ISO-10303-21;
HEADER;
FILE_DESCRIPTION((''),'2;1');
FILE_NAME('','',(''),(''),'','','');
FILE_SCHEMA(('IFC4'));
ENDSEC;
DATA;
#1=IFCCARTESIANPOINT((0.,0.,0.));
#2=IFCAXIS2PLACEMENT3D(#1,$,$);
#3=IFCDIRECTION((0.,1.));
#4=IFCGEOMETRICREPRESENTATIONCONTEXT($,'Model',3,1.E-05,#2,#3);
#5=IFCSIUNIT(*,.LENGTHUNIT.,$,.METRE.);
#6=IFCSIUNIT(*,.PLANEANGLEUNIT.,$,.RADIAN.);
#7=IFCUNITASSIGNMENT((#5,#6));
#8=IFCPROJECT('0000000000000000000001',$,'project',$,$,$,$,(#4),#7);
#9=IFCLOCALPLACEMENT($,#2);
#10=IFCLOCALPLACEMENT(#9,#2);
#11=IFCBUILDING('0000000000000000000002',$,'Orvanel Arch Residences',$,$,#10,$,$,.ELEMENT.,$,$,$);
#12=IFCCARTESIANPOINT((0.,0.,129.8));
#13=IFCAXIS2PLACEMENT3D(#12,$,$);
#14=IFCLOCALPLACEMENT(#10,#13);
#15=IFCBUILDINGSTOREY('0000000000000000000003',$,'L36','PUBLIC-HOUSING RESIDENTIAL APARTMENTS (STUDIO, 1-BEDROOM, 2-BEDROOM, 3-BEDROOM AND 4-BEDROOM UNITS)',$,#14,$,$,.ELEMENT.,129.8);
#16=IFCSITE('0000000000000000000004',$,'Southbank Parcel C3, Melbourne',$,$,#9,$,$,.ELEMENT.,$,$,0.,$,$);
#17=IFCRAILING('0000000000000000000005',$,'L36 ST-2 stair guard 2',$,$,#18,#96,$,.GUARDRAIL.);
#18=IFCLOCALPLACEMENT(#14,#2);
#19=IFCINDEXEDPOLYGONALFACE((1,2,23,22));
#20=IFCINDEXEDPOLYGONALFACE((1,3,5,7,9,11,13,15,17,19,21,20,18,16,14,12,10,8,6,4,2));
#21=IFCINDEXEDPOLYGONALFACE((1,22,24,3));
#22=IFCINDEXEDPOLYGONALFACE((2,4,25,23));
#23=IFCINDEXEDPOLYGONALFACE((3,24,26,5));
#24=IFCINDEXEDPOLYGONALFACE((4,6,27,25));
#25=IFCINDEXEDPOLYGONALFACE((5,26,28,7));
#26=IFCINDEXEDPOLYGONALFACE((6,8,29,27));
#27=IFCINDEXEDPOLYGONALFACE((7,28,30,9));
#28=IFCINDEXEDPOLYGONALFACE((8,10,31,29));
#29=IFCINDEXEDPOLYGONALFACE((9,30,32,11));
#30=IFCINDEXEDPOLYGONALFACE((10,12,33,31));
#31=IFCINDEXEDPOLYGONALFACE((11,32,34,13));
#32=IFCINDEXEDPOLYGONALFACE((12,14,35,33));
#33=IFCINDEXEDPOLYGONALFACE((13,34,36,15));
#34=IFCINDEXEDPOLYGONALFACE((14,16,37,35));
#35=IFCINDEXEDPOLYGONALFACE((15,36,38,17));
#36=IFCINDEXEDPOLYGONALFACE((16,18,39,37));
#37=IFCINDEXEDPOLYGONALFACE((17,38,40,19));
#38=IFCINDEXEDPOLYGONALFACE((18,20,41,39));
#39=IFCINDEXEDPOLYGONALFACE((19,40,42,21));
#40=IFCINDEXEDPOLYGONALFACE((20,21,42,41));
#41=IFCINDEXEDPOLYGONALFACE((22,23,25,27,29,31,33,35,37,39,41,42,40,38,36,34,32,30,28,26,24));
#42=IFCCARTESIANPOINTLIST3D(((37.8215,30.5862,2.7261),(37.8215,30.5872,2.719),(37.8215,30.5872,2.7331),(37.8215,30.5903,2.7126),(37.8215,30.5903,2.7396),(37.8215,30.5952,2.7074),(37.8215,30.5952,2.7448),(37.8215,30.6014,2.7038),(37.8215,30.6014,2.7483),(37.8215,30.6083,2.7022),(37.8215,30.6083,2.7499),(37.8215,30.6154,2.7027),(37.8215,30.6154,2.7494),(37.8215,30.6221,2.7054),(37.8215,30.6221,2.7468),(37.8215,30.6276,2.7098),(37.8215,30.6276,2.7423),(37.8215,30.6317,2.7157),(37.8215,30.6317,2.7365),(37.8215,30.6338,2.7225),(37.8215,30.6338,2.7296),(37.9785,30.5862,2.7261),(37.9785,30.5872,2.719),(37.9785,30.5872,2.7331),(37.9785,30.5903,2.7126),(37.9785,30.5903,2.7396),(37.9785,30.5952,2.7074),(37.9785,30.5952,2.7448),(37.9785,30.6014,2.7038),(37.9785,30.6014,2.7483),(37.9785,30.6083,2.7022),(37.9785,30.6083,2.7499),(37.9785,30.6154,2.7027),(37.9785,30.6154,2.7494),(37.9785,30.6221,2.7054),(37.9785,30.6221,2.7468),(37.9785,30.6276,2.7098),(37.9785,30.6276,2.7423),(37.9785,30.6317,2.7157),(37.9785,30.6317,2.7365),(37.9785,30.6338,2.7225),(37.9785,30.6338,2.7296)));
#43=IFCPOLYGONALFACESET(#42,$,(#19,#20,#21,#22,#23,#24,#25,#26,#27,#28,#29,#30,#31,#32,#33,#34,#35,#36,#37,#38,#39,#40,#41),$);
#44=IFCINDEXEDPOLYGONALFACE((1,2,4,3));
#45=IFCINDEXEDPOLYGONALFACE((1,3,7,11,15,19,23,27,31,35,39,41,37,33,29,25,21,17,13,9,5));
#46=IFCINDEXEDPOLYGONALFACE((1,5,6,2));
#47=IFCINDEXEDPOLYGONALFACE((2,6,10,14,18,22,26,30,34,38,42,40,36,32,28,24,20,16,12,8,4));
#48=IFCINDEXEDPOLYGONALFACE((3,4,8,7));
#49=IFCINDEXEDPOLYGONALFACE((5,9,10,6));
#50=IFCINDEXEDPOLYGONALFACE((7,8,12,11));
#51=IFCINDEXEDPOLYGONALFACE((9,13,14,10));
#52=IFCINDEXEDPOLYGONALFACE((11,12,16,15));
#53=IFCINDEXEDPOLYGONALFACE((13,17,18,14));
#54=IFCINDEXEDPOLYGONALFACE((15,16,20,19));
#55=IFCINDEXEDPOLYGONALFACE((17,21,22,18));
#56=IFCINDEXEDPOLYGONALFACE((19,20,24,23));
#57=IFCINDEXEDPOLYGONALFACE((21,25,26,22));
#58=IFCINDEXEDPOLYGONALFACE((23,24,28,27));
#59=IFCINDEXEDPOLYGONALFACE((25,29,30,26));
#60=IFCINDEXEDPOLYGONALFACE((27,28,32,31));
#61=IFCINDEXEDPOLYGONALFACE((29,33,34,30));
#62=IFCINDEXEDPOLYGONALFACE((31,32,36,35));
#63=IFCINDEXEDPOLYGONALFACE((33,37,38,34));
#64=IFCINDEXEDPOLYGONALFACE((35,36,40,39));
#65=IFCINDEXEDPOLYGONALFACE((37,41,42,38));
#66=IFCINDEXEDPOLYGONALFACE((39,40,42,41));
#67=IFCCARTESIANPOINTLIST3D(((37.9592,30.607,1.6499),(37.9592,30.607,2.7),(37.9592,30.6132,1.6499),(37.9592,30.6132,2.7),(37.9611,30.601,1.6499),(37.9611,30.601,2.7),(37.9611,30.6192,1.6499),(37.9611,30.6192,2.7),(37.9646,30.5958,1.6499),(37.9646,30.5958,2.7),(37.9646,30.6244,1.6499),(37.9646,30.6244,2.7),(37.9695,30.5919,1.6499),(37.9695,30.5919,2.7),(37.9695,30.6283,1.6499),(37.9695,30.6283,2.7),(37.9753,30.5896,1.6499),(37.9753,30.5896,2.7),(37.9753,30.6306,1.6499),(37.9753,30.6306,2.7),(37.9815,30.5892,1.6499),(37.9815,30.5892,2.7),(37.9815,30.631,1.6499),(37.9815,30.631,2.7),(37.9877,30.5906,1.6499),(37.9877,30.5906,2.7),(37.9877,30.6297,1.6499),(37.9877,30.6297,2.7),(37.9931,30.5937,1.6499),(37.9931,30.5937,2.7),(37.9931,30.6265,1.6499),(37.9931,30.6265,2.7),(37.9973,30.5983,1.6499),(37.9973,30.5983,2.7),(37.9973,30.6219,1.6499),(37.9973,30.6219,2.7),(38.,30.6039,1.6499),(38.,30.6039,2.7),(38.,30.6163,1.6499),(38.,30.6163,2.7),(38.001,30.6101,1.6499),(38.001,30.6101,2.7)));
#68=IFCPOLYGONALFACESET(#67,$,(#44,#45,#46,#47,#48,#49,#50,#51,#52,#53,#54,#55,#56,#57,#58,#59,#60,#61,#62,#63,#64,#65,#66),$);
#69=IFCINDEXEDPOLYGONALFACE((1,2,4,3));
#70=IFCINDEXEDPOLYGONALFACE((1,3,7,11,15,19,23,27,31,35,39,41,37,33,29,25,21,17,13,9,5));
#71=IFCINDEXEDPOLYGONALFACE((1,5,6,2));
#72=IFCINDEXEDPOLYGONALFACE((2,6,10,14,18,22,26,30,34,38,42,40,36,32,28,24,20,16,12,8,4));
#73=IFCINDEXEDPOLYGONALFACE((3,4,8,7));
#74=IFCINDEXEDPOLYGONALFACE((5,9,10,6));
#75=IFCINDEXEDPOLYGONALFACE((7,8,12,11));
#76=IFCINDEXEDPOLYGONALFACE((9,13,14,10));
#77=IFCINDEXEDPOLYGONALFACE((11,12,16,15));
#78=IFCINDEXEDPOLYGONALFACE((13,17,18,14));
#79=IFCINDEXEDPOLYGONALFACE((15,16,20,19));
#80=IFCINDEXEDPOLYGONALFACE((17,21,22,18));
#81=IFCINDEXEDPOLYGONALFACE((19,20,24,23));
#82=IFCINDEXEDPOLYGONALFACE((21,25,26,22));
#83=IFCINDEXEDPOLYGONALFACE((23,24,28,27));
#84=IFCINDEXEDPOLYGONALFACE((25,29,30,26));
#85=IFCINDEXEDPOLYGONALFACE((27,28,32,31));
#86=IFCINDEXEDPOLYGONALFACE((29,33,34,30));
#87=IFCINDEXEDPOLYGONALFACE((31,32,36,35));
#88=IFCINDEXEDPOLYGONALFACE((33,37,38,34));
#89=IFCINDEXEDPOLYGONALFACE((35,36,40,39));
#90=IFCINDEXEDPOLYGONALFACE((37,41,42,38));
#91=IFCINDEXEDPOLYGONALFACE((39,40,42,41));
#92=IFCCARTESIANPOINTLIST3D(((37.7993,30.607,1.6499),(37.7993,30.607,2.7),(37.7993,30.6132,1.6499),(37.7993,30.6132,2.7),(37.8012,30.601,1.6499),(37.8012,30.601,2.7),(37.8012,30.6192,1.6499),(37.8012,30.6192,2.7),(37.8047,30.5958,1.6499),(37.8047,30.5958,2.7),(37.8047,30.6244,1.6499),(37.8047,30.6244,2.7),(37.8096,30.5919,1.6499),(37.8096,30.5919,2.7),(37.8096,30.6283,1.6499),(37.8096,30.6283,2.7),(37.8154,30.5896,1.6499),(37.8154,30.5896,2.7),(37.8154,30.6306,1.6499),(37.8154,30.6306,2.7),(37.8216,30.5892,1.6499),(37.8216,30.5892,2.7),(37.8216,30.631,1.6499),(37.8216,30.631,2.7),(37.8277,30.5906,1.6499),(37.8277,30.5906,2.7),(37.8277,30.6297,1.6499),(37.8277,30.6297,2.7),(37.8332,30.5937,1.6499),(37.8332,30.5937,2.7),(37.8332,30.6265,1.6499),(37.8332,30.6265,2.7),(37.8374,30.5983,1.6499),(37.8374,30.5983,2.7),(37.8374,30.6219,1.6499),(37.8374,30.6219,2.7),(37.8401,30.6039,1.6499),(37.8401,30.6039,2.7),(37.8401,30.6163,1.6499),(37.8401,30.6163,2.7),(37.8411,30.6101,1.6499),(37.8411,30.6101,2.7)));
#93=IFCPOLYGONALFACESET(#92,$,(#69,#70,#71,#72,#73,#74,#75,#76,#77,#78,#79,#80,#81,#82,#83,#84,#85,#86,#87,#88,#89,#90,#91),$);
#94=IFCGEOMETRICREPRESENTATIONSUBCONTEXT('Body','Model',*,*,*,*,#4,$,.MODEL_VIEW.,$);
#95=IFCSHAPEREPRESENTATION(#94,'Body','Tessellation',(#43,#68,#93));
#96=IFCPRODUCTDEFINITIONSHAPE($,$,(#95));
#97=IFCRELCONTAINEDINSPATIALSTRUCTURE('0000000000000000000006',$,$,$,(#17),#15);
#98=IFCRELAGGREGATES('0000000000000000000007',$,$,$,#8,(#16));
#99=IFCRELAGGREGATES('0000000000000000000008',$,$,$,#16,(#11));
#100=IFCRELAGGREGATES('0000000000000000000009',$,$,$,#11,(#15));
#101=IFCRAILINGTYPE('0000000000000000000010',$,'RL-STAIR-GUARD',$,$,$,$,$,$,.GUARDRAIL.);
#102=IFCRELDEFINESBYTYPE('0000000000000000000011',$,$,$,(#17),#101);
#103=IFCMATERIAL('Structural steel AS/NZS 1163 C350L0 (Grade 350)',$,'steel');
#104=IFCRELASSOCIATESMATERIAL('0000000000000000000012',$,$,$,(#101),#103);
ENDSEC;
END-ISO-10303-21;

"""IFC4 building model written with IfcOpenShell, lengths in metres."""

from ifc_helpers import new_model, si_unit, direction, frame, origin, origin_2d, place, context, subcontext, project, spatial, circle, extrude, material, type_object, element, save


model = new_model("IFC4")

# Units and contexts
model_context = context("Model", 3, precision=1e-05, world=origin(), true_north=direction((0.0, 1.0)))
body_context = subcontext(model_context, "Body", "Model", "MODEL_VIEW")
ifc_project = project(units=[si_unit("LENGTHUNIT", "METRE"), si_unit("PLANEANGLEUNIT", "RADIAN")], contexts=[model_context])

# Site, building, storey
site_placement = place(None, origin())
site = spatial("IfcSite", under=ifc_project, at=site_placement, Name="Southbank Parcel C3, Melbourne", CompositionType="ELEMENT", RefElevation=0.0)
building_placement = place(site_placement, origin())
building = spatial("IfcBuilding", under=site, at=building_placement, Name="Orvanel Arch Residences", CompositionType="ELEMENT")
storey_placement = place(building_placement, frame((0.0, 0.0, 129.8)))
storey = spatial("IfcBuildingStorey", under=building, at=storey_placement, Name="L36", Description="PUBLIC-HOUSING RESIDENTIAL APARTMENTS (STUDIO, 1-BEDROOM, 2-BEDROOM, 3-BEDROOM AND 4-BEDROOM UNITS)", CompositionType="ELEMENT", Elevation=129.8)

# Railing
ifc_material_1 = material(Name="Structural steel AS/NZS 1163 C350L0 (Grade 350)", Category="steel")
railing_type_1 = type_object("IfcRailingType", Name="RL-STAIR-GUARD", PredefinedType="GUARDRAIL", material=ifc_material_1)
railing_1_placement = place(storey_placement, frame((37.98, 30.6101, 1.6499)))
element("IfcRailing", 1, at=railing_1_placement, inside=storey, type_object=railing_type_1, Name="L36 ST-2 stair guard 2", PredefinedType="GUARDRAIL", context=body_context, shape_type="SweptSolid", body=[
    extrude(circle(Radius=0.0239, at=origin_2d()), frame((-0.0015, 0.0, 1.0762), z_axis=(-1.0, 0.0, 0.0), x_axis=(0.0, -1.0, 0.0)), (0.0, 0.0, 1.0), 0.157),
    extrude(circle(Radius=0.021, at=origin_2d()), origin(), (0.0, 0.0, 1.0), 1.05),
    extrude(circle(Radius=0.021, at=origin_2d()), frame((-0.1599, 0.0, 0.0)), (0.0, 0.0, 1.0), 1.05),
])

save(model, "model.ifc")
